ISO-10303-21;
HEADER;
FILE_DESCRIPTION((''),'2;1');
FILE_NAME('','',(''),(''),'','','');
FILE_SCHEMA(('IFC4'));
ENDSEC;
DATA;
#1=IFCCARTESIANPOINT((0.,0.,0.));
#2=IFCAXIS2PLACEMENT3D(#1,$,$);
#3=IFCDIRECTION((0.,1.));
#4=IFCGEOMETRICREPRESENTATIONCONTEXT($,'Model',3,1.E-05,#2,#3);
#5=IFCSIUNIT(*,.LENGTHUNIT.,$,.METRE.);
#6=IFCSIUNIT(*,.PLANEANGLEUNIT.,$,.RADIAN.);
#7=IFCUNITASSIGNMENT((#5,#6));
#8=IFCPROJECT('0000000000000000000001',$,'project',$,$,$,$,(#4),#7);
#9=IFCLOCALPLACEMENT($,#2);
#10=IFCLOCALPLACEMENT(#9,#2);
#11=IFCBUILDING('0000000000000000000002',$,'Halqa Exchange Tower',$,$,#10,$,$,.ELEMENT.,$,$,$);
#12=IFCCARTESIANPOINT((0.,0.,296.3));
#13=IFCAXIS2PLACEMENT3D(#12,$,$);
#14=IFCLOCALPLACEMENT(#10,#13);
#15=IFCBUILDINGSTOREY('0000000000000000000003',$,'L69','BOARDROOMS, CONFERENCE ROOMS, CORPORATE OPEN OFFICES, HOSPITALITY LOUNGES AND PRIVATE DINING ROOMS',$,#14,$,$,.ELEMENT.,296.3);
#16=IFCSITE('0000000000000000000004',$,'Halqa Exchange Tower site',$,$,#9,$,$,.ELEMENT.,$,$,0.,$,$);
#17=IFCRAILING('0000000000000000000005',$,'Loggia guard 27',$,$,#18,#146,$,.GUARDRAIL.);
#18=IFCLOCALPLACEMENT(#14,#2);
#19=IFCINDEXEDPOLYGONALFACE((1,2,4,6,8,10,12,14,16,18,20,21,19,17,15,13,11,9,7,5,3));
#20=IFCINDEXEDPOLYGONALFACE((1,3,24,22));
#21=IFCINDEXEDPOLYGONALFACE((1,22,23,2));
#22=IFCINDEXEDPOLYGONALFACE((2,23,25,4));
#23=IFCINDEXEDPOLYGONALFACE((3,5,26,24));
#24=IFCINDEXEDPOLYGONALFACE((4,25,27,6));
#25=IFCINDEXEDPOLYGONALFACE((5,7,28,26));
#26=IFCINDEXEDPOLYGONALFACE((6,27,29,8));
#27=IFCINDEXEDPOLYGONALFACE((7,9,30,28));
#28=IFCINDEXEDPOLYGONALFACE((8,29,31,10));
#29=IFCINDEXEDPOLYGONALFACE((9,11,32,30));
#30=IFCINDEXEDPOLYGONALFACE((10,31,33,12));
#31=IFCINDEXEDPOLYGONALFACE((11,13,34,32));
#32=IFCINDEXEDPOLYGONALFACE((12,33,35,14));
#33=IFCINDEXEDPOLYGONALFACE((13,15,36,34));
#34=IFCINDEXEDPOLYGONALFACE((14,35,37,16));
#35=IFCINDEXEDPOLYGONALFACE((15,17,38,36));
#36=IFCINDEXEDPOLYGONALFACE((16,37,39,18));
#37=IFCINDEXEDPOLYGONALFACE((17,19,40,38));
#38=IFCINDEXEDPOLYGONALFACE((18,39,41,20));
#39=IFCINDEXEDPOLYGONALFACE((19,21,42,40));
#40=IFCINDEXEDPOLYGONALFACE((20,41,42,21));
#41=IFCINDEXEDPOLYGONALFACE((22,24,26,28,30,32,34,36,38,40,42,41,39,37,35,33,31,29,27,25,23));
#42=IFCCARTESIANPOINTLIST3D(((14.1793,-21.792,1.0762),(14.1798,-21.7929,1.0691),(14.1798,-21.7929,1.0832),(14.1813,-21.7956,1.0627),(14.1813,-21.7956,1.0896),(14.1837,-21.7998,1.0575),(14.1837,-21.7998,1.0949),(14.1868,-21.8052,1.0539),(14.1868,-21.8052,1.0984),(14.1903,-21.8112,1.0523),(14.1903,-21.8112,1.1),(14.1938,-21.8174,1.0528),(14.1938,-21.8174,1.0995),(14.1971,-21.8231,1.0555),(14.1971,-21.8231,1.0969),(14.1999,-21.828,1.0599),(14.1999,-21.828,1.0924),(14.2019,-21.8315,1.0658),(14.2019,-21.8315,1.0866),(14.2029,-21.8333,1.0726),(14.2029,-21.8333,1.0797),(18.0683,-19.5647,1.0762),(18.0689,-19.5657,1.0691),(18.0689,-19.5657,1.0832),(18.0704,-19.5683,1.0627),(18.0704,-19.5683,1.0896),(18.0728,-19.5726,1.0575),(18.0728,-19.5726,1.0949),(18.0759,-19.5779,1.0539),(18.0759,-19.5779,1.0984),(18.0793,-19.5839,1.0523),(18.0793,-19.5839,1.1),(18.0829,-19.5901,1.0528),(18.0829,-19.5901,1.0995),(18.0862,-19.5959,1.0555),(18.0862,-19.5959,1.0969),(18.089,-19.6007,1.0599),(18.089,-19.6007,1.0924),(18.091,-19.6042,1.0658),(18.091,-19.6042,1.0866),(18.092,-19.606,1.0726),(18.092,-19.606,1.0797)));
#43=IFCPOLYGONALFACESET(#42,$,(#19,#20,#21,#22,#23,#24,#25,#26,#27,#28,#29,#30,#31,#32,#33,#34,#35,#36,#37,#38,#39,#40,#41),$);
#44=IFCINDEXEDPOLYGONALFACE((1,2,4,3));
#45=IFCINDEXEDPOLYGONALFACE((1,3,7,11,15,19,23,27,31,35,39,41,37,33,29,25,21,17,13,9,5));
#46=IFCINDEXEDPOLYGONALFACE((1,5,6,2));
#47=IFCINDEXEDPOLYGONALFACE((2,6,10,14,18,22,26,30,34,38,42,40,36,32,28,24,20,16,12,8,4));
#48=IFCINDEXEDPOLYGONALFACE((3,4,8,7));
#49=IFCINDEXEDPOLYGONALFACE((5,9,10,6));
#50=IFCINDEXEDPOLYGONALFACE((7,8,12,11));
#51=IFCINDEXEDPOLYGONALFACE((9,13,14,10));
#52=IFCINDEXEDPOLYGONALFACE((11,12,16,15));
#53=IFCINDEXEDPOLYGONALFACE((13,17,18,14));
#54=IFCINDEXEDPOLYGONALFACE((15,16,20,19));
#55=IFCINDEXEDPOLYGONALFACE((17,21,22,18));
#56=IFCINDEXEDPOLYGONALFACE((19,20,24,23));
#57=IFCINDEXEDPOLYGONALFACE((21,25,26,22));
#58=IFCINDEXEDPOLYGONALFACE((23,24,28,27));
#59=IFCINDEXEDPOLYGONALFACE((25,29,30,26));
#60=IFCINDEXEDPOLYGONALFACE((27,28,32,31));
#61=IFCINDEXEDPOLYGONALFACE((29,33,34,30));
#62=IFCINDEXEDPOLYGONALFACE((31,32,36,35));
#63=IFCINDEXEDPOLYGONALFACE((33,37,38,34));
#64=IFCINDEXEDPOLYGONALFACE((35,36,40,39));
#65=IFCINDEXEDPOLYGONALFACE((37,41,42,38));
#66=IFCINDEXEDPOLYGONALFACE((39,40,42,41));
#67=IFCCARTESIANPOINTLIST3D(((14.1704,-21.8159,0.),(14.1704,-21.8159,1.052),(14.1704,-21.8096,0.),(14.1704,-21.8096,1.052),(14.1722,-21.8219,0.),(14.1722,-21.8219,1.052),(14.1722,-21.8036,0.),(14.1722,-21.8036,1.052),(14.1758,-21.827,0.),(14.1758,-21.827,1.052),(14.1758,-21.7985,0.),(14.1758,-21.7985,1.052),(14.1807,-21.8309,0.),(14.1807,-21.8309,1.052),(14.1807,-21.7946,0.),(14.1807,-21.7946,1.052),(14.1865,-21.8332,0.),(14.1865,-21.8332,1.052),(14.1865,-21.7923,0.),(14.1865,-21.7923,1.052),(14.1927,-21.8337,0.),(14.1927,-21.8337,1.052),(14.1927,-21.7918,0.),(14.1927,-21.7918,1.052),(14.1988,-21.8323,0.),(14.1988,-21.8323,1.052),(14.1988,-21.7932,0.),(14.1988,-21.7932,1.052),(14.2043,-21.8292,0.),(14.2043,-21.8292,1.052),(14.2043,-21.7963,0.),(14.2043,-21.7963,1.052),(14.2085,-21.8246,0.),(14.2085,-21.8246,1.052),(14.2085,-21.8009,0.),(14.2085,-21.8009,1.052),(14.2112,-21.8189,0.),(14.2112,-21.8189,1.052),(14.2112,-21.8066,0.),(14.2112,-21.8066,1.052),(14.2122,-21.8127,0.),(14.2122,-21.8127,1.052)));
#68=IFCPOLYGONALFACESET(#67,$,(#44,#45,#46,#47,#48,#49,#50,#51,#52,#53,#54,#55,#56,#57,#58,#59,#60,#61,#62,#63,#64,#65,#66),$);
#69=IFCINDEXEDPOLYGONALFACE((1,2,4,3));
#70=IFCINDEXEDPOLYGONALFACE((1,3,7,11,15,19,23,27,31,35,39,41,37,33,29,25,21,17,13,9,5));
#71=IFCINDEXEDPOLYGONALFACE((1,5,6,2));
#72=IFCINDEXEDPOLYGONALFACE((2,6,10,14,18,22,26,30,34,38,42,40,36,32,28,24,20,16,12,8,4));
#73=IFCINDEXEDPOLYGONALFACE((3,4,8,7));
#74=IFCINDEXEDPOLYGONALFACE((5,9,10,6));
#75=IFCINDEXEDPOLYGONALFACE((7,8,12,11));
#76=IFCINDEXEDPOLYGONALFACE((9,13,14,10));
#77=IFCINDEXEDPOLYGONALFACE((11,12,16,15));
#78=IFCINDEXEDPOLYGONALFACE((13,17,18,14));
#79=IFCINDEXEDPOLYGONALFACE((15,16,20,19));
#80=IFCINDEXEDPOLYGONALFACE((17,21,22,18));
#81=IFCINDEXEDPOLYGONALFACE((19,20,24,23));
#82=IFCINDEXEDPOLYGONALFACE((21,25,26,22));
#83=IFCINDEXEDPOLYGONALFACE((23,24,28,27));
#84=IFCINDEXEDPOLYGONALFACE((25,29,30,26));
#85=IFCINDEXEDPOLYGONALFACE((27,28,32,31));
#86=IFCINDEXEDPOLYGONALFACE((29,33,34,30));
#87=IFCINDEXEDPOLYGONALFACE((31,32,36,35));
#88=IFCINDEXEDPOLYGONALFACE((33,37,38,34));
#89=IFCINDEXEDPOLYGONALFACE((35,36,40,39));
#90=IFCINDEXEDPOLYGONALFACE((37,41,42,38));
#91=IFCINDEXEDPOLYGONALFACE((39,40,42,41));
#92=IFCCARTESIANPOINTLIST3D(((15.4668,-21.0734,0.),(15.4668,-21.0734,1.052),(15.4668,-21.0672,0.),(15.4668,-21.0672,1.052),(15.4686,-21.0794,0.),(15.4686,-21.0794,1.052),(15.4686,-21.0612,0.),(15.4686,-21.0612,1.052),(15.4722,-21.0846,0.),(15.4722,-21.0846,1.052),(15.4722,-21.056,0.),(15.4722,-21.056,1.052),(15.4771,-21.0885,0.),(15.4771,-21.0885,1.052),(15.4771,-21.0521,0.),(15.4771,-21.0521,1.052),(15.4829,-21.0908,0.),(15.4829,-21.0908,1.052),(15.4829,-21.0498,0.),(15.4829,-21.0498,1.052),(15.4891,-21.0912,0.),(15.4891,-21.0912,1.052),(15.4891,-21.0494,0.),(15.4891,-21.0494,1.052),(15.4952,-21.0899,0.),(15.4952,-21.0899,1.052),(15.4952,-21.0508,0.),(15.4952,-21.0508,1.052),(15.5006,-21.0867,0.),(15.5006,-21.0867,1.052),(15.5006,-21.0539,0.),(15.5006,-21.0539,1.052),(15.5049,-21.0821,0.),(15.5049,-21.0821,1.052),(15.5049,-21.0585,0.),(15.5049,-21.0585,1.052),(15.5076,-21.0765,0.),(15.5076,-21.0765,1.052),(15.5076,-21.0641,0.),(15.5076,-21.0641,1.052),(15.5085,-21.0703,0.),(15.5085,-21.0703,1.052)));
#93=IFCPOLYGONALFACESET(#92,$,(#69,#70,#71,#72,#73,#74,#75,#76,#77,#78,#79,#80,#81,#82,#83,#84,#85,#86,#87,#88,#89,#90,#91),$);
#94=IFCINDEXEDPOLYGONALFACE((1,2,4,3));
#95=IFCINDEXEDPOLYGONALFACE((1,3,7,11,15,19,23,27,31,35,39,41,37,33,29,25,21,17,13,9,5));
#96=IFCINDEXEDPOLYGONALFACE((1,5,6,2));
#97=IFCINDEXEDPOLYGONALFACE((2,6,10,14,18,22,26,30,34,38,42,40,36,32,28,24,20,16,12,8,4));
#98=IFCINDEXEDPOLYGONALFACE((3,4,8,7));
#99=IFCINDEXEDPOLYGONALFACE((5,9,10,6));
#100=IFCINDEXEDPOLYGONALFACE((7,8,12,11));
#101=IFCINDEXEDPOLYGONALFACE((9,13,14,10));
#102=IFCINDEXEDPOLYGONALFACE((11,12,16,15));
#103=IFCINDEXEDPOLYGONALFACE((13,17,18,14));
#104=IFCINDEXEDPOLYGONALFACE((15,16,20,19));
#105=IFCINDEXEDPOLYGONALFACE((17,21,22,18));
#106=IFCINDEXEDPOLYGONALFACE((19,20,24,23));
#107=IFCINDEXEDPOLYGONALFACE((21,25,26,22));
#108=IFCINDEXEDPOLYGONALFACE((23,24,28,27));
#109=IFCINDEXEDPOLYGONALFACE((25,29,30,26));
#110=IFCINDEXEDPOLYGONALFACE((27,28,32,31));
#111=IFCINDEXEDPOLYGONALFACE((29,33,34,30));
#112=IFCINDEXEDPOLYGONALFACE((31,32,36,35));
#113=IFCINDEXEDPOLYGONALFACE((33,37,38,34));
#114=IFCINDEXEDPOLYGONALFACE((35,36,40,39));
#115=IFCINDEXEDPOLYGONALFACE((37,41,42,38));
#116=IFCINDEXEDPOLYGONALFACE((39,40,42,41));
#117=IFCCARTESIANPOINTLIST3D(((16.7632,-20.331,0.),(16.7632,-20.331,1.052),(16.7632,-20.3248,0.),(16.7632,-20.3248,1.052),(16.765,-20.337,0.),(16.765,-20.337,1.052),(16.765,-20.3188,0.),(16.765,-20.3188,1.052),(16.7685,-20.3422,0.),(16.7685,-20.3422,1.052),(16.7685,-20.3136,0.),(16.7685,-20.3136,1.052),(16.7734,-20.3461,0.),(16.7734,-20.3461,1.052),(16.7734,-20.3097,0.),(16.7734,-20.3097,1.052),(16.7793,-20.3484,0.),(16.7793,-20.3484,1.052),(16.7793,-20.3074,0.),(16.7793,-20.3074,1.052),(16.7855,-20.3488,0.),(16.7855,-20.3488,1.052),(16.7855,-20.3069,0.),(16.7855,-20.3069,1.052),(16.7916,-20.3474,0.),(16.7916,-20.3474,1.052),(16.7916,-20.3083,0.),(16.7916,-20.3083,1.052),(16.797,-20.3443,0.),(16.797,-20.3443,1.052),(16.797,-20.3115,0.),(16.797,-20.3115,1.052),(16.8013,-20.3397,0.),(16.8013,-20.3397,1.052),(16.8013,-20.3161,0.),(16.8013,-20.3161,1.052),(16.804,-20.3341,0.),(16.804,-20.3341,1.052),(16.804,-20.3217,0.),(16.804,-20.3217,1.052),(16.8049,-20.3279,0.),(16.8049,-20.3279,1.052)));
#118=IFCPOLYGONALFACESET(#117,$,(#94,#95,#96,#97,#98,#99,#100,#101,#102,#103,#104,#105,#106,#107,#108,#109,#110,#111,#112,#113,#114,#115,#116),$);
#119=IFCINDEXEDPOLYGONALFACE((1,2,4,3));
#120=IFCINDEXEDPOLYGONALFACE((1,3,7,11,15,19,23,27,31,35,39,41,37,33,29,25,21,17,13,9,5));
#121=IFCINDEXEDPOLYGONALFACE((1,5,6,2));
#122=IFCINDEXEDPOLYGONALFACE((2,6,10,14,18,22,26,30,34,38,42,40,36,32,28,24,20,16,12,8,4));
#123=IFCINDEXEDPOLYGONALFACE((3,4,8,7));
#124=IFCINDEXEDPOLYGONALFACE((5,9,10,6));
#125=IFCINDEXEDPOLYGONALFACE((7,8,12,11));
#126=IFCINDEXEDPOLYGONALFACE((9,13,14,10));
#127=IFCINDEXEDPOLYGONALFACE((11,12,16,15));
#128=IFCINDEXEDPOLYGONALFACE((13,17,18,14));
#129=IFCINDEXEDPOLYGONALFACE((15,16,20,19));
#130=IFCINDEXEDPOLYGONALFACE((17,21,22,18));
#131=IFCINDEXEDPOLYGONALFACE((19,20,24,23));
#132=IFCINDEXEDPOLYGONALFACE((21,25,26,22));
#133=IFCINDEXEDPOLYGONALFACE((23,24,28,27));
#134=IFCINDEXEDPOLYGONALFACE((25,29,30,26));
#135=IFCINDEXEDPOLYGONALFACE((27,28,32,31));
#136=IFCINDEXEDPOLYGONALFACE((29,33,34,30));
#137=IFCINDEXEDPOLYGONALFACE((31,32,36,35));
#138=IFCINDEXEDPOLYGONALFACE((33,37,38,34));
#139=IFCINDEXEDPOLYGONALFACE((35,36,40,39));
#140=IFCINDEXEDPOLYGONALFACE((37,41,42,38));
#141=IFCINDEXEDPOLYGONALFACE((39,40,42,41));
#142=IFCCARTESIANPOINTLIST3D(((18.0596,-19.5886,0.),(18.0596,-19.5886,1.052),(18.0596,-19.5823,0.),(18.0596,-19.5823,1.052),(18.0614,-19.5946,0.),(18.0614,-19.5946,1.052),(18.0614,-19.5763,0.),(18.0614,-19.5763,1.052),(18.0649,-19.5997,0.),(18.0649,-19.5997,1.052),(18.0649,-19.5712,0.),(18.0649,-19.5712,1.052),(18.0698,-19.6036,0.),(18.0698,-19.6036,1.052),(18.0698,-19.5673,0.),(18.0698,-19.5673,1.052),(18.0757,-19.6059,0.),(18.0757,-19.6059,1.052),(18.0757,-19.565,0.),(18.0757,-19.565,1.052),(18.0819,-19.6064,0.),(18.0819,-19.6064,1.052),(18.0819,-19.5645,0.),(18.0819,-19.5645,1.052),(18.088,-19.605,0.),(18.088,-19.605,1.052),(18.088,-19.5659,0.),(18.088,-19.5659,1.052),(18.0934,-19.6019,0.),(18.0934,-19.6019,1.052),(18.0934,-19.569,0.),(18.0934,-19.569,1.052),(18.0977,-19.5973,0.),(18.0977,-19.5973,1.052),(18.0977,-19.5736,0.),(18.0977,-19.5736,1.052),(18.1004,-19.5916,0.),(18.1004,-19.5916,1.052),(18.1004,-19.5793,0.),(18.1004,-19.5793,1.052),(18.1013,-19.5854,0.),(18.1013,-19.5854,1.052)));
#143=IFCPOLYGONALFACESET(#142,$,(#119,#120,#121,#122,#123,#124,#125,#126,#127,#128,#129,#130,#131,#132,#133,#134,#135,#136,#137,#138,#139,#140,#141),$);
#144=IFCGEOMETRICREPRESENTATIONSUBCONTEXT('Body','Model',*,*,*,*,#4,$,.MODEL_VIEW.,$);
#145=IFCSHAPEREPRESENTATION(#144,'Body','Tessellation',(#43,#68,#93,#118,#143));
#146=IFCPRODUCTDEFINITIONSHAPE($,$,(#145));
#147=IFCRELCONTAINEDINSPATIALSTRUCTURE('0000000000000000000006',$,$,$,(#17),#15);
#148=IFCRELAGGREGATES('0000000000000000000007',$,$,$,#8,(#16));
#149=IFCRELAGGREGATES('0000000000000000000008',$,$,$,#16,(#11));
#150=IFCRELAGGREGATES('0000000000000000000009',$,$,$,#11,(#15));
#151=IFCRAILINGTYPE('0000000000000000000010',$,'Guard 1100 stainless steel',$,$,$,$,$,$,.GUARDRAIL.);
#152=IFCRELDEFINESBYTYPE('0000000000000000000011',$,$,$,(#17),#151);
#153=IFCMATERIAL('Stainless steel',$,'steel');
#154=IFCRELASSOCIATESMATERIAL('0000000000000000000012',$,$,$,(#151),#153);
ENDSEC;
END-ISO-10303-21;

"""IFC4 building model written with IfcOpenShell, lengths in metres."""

from ifc_helpers import new_model, si_unit, direction, frame, origin, origin_2d, place, context, subcontext, project, spatial, circle, extrude, material, type_object, element, save


model = new_model("IFC4")

# Units and contexts
model_context = context("Model", 3, precision=1e-05, world=origin(), true_north=direction((0.0, 1.0)))
body_context = subcontext(model_context, "Body", "Model", "MODEL_VIEW")
ifc_project = project(units=[si_unit("LENGTHUNIT", "METRE"), si_unit("PLANEANGLEUNIT", "RADIAN")], contexts=[model_context])

# Site, building, storey
site_placement = place(None, origin())
site = spatial("IfcSite", under=ifc_project, at=site_placement, Name="Halqa Exchange Tower site", CompositionType="ELEMENT", RefElevation=0.0)
building_placement = place(site_placement, origin())
building = spatial("IfcBuilding", under=site, at=building_placement, Name="Halqa Exchange Tower", CompositionType="ELEMENT")
storey_placement = place(building_placement, frame((0.0, 0.0, 296.3)))
storey = spatial("IfcBuildingStorey", under=building, at=storey_placement, Name="L69", Description="BOARDROOMS, CONFERENCE ROOMS, CORPORATE OPEN OFFICES, HOSPITALITY LOUNGES AND PRIVATE DINING ROOMS", CompositionType="ELEMENT", Elevation=296.3)

# Railing
ifc_material_1 = material(Name="Stainless steel", Category="steel")
railing_type = type_object("IfcRailingType", Name="Guard 1100 stainless steel", PredefinedType="GUARDRAIL", material=ifc_material_1)
railing_1_placement = place(storey_placement, frame((14.1912, -21.8127, 0.0)))
element("IfcRailing", 1, at=railing_1_placement, inside=storey, type_object=railing_type, Name="Loggia guard 27", PredefinedType="GUARDRAIL", context=body_context, shape_type="SweptSolid", body=[
    extrude(circle(Radius=0.0239, at=origin_2d()), frame((0.0, 0.0, 1.0762), z_axis=(0.86777, 0.496966, 0.0), x_axis=(-0.496966, 0.86777, 0.0)), (0.0, 0.0, 1.0), 4.4817),
    extrude(circle(Radius=0.021, at=origin_2d()), origin(), (0.0, 0.0, 1.0), 1.052),
    extrude(circle(Radius=0.021, at=origin_2d()), frame((1.2964, 0.7424, 0.0)), (0.0, 0.0, 1.0), 1.052),
    extrude(circle(Radius=0.021, at=origin_2d()), frame((2.5928, 1.4849, 0.0)), (0.0, 0.0, 1.0), 1.052),
    extrude(circle(Radius=0.021, at=origin_2d()), frame((3.8892, 2.2273, 0.0)), (0.0, 0.0, 1.0), 1.052),
])

save(model, "model.ifc")
